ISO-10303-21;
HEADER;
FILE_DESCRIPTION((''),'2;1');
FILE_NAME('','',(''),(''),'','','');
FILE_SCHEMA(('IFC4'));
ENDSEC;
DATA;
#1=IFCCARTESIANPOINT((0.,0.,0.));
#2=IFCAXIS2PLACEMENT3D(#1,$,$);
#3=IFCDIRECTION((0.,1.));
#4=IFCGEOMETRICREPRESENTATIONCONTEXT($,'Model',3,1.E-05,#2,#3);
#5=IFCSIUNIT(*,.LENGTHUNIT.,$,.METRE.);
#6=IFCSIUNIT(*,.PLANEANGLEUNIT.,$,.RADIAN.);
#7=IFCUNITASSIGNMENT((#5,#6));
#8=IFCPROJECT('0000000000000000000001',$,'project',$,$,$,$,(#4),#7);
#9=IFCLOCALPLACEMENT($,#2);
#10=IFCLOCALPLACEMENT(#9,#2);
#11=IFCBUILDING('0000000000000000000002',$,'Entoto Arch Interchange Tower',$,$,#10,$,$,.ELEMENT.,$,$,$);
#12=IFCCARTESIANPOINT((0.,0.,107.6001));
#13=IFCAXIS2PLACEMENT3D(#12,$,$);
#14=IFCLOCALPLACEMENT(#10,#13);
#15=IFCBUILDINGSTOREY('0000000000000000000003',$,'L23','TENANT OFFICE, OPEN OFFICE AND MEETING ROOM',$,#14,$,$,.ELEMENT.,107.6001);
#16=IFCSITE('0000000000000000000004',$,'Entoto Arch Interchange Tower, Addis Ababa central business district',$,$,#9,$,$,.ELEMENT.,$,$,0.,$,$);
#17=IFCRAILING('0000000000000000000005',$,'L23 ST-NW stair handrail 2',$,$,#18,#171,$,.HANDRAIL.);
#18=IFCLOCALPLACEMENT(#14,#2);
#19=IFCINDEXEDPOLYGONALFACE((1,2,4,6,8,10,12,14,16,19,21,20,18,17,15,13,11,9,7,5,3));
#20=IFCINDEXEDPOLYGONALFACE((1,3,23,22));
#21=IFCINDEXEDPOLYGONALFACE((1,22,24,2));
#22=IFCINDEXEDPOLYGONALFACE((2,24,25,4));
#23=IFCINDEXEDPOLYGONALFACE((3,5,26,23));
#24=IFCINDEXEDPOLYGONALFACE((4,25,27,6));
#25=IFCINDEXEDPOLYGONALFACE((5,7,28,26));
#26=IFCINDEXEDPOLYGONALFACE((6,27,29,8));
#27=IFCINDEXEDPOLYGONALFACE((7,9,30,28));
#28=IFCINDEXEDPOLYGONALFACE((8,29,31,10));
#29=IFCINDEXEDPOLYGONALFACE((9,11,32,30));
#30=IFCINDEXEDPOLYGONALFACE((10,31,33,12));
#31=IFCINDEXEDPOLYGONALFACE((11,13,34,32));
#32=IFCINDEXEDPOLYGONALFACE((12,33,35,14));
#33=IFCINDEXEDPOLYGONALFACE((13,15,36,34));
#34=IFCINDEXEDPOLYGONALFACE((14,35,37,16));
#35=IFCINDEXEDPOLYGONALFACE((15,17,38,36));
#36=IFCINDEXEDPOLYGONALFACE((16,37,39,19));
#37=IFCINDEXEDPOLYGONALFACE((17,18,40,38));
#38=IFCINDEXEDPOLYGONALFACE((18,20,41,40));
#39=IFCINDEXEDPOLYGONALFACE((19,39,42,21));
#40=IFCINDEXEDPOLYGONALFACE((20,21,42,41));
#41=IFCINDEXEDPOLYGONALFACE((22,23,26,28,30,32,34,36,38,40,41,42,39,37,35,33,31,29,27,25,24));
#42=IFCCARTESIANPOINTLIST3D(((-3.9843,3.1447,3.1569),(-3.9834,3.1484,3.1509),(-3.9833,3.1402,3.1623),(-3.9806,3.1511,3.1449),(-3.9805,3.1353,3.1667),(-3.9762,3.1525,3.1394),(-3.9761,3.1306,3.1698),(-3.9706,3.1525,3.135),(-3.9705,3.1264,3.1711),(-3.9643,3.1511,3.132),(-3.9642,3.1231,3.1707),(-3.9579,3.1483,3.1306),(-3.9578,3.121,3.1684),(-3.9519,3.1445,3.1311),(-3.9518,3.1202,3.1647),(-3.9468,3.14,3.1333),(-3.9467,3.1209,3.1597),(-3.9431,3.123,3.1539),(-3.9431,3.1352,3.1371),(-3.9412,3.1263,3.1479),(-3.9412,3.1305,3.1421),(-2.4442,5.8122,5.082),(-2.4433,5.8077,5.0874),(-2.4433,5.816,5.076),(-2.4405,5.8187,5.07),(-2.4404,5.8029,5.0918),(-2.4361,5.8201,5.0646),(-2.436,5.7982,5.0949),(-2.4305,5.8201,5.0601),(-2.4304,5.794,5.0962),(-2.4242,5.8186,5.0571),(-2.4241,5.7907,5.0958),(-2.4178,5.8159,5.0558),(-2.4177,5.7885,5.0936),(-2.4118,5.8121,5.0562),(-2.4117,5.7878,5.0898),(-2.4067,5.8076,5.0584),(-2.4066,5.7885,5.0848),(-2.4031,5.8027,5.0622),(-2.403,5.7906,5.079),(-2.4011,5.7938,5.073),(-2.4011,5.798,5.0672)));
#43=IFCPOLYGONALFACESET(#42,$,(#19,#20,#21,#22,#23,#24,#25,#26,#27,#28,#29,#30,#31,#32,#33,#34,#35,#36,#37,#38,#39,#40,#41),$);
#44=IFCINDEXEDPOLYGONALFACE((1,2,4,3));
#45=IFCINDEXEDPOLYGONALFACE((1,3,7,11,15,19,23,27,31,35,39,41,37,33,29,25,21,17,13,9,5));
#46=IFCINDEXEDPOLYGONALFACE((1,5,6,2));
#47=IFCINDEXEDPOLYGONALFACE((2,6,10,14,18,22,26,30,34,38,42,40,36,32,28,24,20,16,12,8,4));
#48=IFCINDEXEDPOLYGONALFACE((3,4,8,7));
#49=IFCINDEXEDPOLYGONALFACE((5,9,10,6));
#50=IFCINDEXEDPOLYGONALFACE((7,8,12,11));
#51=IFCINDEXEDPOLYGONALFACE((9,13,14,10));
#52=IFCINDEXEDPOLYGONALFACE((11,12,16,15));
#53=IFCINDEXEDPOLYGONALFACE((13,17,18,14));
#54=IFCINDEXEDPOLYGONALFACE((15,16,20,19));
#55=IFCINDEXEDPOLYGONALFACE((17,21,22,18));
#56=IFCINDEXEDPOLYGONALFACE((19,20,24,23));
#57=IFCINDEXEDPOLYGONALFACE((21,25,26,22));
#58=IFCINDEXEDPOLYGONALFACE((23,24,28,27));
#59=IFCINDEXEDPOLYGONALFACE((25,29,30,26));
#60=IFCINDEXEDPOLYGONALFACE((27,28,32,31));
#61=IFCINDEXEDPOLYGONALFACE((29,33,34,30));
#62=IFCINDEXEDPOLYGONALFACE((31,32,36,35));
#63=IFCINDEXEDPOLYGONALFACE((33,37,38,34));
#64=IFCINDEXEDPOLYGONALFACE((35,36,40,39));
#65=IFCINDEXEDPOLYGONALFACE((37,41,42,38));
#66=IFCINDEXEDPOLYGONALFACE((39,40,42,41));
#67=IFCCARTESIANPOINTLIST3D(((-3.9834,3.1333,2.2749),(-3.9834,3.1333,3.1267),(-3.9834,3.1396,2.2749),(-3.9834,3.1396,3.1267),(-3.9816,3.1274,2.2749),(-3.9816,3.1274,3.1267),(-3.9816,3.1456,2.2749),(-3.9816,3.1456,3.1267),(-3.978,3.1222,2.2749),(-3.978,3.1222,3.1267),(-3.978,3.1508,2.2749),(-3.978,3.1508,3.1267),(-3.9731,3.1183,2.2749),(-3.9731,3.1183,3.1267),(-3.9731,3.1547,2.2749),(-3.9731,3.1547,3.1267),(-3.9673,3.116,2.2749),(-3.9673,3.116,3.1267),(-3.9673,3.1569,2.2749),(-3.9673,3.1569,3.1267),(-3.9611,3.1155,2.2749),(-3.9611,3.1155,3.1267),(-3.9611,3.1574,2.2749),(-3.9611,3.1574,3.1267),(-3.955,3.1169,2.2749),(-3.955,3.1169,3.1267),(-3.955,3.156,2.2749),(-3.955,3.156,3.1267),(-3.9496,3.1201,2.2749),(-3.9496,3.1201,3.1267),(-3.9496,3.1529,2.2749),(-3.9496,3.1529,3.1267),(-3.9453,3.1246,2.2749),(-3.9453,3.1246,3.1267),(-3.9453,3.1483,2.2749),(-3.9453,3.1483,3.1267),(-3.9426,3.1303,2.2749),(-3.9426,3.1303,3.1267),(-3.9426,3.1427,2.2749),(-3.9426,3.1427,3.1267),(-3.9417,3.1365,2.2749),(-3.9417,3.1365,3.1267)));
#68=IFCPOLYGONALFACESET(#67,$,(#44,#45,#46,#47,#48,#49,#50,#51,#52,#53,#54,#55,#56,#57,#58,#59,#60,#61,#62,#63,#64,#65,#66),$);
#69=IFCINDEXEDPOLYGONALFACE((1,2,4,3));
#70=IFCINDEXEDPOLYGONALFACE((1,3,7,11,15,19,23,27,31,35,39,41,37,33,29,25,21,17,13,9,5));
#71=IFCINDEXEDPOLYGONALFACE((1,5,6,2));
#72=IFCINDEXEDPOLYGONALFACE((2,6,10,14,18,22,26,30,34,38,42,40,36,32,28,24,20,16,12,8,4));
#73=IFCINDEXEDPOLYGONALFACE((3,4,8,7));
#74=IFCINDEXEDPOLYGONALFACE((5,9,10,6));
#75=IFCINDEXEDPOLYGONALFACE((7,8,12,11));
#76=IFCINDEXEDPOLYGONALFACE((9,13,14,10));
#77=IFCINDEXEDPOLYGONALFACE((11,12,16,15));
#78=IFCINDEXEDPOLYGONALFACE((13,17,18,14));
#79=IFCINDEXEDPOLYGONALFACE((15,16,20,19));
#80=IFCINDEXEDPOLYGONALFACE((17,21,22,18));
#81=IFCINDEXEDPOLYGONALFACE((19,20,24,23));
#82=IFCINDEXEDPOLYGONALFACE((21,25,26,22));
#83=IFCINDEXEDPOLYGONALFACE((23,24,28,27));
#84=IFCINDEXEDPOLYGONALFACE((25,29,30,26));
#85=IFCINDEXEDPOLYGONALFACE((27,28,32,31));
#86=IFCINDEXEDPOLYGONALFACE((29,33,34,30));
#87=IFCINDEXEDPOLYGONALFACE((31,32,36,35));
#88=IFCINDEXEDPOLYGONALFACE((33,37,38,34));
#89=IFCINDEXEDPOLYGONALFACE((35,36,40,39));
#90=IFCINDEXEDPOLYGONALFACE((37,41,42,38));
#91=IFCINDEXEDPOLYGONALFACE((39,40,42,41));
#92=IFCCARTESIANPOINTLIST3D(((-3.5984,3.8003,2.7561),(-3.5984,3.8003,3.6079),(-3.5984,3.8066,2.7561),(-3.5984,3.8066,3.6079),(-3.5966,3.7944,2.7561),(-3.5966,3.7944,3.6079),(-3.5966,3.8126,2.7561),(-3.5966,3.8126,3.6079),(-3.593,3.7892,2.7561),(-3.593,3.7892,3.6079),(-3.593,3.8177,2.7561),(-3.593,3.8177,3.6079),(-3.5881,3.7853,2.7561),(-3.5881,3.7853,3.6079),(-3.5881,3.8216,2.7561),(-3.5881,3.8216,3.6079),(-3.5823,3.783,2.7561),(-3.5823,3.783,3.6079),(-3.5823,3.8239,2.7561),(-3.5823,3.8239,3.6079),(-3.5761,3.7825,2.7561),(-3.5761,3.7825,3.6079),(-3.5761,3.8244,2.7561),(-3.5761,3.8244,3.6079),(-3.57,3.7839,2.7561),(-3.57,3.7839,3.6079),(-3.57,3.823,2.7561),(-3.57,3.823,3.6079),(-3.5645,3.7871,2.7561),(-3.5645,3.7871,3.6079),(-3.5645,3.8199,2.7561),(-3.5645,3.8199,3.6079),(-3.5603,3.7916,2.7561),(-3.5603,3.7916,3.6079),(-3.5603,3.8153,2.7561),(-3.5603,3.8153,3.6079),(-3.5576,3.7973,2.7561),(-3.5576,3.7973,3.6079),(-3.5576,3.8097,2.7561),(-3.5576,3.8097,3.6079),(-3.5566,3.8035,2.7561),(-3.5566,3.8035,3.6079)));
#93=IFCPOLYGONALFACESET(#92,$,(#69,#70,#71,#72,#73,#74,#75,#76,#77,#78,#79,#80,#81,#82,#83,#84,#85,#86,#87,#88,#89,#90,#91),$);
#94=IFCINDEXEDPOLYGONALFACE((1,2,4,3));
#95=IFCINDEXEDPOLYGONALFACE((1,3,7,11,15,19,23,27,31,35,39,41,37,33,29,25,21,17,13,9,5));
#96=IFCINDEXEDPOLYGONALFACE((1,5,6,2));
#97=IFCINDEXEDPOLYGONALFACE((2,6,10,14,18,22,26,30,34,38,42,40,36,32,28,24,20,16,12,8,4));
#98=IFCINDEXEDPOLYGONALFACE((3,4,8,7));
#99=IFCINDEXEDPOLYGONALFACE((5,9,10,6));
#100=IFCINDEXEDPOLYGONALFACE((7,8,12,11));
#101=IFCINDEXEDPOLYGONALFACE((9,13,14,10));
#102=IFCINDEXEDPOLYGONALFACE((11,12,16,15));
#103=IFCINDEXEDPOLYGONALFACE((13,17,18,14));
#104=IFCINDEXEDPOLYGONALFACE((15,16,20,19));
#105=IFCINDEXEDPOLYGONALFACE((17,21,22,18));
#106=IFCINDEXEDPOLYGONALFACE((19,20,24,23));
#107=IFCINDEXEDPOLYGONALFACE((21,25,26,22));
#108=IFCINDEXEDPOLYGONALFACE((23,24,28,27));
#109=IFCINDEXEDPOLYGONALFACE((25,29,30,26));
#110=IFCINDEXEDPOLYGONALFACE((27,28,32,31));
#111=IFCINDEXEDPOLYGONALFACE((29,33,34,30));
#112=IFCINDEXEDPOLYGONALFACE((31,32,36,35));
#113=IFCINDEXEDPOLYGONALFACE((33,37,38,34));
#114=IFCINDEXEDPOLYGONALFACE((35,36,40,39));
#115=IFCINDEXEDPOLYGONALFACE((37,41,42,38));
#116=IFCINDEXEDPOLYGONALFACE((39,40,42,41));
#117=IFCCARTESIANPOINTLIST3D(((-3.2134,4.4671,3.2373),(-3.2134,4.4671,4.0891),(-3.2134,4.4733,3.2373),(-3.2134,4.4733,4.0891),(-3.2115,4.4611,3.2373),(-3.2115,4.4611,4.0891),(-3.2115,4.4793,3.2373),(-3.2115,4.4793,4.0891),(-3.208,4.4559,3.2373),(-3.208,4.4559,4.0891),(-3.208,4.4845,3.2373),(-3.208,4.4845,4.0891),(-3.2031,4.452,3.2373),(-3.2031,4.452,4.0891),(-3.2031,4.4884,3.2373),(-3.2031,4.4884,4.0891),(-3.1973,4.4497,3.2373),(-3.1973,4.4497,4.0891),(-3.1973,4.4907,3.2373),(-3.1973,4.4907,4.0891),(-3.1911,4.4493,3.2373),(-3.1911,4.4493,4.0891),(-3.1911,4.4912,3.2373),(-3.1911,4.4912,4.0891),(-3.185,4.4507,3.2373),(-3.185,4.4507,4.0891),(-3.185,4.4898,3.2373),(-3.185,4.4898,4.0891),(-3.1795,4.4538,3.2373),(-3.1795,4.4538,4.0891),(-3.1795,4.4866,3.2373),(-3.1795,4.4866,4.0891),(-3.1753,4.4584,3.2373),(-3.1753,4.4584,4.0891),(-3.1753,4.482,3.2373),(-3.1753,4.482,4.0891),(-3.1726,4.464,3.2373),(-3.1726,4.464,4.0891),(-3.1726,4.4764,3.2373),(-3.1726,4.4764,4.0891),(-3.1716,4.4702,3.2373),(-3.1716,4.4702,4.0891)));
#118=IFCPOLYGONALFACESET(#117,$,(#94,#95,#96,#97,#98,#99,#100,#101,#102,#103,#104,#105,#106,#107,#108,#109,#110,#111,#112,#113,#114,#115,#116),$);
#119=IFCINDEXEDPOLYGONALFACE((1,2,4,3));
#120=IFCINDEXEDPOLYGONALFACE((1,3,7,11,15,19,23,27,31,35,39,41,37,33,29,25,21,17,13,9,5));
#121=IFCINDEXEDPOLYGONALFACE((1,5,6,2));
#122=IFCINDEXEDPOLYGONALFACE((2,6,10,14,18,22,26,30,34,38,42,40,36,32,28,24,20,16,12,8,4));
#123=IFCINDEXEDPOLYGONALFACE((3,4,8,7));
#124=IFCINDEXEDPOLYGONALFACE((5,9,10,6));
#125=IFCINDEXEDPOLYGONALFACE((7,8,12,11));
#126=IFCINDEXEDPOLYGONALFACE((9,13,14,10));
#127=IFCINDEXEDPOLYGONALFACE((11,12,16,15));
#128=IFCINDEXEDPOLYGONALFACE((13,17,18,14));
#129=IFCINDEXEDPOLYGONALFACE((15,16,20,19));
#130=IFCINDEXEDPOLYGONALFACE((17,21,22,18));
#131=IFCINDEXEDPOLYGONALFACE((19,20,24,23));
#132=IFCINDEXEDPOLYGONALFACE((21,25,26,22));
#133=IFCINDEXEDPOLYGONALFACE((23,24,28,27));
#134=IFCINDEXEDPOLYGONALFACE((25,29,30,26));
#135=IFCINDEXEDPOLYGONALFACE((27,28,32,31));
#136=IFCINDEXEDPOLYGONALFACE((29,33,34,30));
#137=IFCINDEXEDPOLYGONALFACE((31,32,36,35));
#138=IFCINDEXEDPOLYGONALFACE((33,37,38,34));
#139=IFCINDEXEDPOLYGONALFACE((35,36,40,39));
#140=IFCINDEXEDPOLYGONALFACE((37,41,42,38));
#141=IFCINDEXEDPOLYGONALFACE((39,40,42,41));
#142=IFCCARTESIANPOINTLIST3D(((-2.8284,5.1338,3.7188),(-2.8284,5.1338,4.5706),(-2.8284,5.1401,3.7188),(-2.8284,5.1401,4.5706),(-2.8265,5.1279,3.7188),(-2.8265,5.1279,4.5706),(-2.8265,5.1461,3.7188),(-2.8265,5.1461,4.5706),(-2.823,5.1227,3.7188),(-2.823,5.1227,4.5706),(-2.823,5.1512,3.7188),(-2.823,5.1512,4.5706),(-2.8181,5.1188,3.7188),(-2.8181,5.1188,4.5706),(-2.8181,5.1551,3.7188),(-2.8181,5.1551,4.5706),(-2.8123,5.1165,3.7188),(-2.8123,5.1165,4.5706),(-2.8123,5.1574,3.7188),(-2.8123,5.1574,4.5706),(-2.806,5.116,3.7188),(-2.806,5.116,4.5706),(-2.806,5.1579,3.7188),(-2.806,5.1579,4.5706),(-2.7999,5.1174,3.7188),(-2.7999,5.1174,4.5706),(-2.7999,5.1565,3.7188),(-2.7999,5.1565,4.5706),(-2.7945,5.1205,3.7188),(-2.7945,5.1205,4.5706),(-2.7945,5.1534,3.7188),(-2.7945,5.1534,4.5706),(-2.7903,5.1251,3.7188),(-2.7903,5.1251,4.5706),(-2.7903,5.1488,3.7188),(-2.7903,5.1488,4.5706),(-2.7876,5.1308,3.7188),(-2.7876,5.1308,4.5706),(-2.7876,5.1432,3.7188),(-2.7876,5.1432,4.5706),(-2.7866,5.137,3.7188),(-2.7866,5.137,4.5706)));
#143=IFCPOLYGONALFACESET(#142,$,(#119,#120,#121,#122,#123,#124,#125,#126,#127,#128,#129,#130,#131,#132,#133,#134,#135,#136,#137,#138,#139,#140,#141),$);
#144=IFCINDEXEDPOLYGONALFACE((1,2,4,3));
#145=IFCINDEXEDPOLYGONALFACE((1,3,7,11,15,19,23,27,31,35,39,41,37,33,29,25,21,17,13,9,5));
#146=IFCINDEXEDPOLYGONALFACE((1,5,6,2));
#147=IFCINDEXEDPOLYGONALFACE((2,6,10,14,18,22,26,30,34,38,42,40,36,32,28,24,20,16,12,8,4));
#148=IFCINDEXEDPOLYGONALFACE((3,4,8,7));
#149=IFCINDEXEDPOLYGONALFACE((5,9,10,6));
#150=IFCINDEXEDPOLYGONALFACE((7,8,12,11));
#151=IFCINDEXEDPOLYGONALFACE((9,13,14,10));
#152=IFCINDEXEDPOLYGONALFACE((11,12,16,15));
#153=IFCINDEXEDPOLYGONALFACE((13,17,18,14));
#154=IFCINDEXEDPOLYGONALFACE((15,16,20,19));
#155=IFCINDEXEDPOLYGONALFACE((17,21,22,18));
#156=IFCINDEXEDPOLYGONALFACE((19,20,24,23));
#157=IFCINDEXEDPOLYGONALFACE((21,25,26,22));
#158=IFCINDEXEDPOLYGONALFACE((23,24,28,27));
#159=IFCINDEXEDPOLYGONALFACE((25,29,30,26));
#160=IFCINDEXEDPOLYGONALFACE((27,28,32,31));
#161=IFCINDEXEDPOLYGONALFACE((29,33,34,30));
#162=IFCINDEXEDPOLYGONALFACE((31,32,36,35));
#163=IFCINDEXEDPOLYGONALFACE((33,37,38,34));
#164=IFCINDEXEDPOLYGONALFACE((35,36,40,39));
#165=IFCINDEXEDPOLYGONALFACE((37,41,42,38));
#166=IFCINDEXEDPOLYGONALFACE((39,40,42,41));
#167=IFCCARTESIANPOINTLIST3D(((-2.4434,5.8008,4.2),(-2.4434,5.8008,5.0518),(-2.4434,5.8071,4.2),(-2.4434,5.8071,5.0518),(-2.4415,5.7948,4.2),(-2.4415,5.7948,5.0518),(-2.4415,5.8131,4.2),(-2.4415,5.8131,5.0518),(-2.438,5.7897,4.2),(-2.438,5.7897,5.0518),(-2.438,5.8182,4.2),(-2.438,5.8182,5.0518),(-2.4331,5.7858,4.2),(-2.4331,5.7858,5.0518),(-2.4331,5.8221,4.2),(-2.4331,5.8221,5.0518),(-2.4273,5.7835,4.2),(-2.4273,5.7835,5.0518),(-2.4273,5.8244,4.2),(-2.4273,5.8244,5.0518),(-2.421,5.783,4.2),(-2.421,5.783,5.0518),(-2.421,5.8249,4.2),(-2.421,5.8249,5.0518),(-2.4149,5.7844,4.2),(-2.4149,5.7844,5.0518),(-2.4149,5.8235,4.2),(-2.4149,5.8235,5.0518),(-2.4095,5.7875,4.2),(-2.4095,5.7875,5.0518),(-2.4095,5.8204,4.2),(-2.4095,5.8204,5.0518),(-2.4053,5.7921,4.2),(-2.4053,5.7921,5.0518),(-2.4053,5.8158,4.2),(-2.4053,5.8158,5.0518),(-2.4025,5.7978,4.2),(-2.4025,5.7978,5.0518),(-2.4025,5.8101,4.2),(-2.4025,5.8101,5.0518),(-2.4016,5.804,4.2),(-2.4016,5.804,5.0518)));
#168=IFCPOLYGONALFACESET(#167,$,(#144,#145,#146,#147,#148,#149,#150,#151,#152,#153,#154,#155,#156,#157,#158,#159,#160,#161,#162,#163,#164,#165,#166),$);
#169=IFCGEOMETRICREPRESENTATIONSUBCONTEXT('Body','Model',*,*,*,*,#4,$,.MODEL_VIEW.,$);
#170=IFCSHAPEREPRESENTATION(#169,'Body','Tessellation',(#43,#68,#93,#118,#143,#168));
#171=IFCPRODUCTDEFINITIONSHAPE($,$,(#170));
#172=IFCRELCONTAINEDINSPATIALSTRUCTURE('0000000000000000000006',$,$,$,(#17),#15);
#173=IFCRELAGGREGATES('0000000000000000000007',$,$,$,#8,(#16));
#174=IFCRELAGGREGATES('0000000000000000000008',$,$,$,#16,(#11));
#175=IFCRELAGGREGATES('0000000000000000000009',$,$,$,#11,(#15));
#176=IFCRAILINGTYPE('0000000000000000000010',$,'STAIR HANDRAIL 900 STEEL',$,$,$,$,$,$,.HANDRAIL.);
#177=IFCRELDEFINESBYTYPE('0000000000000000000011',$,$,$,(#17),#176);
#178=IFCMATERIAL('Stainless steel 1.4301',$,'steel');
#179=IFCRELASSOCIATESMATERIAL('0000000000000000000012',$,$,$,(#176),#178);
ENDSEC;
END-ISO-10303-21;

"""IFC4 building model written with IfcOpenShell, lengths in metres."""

from ifc_helpers import new_model, si_unit, direction, frame, origin, origin_2d, place, context, subcontext, project, spatial, circle, extrude, material, type_object, element, save


model = new_model("IFC4")

# Units and contexts
model_context = context("Model", 3, precision=1e-05, world=origin(), true_north=direction((0.0, 1.0)))
body_context = subcontext(model_context, "Body", "Model", "MODEL_VIEW")
ifc_project = project(units=[si_unit("LENGTHUNIT", "METRE"), si_unit("PLANEANGLEUNIT", "RADIAN")], contexts=[model_context])

# Site, building, storey
site_placement = place(None, origin())
site = spatial("IfcSite", under=ifc_project, at=site_placement, Name="Entoto Arch Interchange Tower, Addis Ababa central business district", CompositionType="ELEMENT", RefElevation=0.0)
building_placement = place(site_placement, origin())
building = spatial("IfcBuilding", under=site, at=building_placement, Name="Entoto Arch Interchange Tower", CompositionType="ELEMENT")
storey_placement = place(building_placement, frame((0.0, 0.0, 107.6001)))
storey = spatial("IfcBuildingStorey", under=building, at=storey_placement, Name="L23", Description="TENANT OFFICE, OPEN OFFICE AND MEETING ROOM", CompositionType="ELEMENT", Elevation=107.6001)

# Railing
ifc_material_1 = material(Name="Stainless steel 1.4301", Category="steel")
railing_type_1 = type_object("IfcRailingType", Name="STAIR HANDRAIL 900 STEEL", PredefinedType="HANDRAIL", material=ifc_material_1)
railing_1_placement = place(storey_placement, frame((-3.9626, 3.1365, 2.2749)))
element("IfcRailing", 1, at=railing_1_placement, inside=storey, type_object=railing_type_1, Name="L23 ST-NW stair handrail 2", PredefinedType="HANDRAIL", context=body_context, shape_type="SweptSolid", body=[
    extrude(circle(Radius=0.0239, at=origin_2d()), frame((0.0, 0.0, 0.876), z_axis=(0.423994, 0.734395, 0.529993), x_axis=(-0.86603, 0.499992, 0.0)), (0.0, 0.0, 1.0), 3.6323),
    extrude(circle(Radius=0.021, at=origin_2d()), origin(), (0.0, 0.0, 1.0), 0.8518),
    extrude(circle(Radius=0.021, at=origin_2d()), frame((0.385, 0.667, 0.4812)), (0.0, 0.0, 1.0), 0.8518),
    extrude(circle(Radius=0.021, at=origin_2d()), frame((0.77, 1.3337, 0.9624)), (0.0, 0.0, 1.0), 0.8518),
    extrude(circle(Radius=0.021, at=origin_2d()), frame((1.155, 2.0005, 1.4438)), (0.0, 0.0, 1.0), 0.8518),
    extrude(circle(Radius=0.021, at=origin_2d()), frame((1.54, 2.6675, 1.925)), (0.0, 0.0, 1.0), 0.8518),
])

save(model, "model.ifc")
